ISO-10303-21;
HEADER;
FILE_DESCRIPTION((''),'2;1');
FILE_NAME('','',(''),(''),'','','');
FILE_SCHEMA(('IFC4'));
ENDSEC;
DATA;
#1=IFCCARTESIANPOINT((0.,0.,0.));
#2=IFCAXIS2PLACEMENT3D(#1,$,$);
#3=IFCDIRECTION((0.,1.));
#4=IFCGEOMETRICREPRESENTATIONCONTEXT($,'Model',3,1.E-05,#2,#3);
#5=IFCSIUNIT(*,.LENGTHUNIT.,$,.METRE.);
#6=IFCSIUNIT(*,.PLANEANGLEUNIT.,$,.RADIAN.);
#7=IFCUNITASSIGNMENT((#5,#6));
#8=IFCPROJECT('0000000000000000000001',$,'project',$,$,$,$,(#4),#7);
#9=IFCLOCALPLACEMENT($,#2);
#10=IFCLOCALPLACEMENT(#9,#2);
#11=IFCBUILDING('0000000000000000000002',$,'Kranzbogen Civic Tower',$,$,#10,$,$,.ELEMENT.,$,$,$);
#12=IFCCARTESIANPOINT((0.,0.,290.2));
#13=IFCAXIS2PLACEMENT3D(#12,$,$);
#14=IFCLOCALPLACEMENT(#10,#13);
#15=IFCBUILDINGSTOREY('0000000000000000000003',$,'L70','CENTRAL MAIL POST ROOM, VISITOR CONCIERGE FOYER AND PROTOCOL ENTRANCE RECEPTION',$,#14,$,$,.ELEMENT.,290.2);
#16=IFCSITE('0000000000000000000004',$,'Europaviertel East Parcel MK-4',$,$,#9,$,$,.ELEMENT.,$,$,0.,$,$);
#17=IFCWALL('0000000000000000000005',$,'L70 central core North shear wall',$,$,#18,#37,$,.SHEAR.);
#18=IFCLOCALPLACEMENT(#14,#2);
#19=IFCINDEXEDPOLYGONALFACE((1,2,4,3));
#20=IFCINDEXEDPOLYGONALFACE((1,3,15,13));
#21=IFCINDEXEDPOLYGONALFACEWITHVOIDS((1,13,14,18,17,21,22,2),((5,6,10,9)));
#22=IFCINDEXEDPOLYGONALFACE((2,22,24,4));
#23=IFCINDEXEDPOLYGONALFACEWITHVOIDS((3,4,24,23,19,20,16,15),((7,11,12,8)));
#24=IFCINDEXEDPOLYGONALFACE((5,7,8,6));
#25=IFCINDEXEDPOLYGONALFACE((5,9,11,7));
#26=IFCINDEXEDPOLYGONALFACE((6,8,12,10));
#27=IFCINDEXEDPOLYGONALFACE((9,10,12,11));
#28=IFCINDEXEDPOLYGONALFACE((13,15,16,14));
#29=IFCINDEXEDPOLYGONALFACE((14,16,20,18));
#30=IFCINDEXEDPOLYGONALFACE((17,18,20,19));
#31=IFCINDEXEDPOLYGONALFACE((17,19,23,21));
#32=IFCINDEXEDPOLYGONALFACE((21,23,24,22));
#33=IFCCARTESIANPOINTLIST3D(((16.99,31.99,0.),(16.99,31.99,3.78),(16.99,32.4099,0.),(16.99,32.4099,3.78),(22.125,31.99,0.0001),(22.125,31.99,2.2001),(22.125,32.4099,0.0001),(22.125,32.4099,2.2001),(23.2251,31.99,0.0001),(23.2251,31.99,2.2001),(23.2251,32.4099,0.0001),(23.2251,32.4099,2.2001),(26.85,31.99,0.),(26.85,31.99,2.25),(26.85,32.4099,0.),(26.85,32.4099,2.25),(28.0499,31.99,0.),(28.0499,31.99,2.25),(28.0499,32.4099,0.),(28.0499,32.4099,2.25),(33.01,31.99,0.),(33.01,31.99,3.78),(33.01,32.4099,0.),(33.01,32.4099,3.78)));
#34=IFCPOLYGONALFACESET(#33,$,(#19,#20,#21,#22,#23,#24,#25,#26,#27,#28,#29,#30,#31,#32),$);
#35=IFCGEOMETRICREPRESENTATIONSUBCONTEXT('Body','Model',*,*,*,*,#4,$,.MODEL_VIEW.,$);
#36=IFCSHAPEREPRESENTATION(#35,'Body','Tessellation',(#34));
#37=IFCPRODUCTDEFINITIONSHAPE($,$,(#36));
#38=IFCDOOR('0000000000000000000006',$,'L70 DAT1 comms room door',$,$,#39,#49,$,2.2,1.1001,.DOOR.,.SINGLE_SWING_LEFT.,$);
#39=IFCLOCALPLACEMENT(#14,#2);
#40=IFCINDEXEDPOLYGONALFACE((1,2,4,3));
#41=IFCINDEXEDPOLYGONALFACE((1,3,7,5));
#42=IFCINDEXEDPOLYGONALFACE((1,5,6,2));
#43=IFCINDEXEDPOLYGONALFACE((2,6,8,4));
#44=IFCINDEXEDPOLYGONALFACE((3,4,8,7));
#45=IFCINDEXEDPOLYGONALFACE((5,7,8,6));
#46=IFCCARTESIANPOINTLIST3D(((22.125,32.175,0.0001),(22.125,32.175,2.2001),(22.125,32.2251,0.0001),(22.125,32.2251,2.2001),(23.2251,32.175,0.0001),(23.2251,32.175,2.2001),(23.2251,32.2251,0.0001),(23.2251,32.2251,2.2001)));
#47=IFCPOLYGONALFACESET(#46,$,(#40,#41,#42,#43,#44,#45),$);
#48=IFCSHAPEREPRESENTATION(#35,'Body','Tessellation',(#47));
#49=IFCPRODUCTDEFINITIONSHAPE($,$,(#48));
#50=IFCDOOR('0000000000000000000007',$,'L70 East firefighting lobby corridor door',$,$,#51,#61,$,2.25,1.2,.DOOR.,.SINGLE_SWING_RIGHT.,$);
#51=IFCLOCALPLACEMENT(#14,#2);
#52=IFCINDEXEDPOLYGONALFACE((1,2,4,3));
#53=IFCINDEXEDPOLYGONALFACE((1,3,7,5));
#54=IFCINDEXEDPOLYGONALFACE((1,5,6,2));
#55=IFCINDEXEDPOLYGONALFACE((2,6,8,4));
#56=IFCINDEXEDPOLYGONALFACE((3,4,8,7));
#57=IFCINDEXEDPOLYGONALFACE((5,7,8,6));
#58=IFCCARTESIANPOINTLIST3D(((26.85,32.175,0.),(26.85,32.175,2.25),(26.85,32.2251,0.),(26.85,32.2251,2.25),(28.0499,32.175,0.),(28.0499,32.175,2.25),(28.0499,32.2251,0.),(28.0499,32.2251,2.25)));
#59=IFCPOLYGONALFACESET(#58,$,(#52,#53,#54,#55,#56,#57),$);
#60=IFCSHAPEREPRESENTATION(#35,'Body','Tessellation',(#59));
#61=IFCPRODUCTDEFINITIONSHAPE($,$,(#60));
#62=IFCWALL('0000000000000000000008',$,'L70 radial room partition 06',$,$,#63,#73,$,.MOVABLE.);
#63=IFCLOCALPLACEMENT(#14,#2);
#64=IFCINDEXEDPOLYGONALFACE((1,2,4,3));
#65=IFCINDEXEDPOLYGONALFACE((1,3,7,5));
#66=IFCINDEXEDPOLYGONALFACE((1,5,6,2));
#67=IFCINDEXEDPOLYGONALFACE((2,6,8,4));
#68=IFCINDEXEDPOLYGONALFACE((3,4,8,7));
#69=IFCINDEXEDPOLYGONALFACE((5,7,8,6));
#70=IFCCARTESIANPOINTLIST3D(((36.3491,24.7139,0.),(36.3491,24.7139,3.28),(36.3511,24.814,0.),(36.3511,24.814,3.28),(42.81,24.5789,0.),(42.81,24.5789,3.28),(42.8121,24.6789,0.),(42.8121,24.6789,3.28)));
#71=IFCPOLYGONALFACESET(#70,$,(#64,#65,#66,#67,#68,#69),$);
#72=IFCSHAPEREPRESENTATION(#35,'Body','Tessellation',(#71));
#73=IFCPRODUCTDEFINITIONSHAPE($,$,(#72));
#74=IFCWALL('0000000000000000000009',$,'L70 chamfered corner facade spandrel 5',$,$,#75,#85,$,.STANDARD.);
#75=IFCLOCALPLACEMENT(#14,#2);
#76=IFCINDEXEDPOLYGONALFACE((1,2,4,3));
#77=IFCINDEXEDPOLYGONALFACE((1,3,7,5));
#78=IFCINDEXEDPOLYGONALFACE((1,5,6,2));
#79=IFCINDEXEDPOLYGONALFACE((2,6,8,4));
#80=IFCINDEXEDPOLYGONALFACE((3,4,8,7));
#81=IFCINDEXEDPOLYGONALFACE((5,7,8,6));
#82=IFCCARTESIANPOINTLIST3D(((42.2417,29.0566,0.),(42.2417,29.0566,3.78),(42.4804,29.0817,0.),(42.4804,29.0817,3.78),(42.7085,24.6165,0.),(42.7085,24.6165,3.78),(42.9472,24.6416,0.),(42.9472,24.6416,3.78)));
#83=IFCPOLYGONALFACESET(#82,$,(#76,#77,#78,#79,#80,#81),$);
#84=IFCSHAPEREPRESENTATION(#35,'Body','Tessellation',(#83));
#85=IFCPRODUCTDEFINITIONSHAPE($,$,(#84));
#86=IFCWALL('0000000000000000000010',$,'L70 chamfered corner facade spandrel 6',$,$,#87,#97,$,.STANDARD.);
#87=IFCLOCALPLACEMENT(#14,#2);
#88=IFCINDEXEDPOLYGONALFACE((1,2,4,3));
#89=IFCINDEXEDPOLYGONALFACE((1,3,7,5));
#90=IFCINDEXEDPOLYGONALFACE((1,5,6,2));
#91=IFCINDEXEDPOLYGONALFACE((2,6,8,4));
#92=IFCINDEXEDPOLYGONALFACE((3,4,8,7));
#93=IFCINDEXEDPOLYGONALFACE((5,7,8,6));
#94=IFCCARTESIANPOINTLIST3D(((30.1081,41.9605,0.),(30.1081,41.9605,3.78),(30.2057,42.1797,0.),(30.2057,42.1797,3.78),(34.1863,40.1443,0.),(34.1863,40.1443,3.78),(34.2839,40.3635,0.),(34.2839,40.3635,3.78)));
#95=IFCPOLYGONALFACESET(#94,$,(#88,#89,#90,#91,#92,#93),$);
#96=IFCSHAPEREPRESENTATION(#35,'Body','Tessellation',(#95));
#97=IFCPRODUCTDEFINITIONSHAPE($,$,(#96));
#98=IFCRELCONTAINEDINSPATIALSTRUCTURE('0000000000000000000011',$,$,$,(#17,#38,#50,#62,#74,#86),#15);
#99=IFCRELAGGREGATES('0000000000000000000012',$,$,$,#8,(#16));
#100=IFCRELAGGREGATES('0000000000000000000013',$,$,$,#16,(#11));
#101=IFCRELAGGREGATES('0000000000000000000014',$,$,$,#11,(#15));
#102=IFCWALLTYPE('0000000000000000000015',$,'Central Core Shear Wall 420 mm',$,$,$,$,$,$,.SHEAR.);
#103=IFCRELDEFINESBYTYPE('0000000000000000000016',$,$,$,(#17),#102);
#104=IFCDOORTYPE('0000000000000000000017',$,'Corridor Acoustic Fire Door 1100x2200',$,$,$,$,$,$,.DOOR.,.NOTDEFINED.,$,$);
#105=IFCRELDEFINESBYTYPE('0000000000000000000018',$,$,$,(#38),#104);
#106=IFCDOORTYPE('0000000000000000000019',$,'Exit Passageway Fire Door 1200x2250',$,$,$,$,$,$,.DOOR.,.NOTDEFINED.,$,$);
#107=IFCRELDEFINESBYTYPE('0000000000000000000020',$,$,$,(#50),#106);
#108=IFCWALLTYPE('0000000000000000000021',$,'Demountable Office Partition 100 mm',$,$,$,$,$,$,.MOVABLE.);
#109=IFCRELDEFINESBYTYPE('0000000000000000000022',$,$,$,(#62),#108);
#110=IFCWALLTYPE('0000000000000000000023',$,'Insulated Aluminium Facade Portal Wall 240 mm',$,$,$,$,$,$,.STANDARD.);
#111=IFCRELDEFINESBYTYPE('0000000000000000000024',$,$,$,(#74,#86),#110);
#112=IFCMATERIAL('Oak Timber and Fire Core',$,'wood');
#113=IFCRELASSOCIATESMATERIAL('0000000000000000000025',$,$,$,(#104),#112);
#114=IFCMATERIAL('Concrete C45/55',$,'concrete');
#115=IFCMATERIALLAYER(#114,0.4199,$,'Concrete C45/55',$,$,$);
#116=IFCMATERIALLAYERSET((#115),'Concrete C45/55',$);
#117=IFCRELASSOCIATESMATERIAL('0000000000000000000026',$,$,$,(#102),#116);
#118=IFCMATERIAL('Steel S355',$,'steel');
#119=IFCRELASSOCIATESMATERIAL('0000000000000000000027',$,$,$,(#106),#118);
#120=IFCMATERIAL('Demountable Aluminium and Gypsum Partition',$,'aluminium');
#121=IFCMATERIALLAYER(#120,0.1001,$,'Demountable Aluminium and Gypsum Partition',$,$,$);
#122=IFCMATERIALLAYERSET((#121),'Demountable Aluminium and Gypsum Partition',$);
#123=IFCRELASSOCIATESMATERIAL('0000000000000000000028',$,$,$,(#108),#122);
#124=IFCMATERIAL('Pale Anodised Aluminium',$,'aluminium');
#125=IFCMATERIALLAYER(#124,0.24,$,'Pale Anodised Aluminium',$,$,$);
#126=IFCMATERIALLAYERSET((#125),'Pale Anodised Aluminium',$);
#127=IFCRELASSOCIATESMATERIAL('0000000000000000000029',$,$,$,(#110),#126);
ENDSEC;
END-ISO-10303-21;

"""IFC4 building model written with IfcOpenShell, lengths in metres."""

from ifc_helpers import new_model, si_unit, direction, frame, frame_2d, origin, place, context, subcontext, project, spatial, rectangle, extrude, material, layer, layer_set, type_object, element, fill, save


model = new_model("IFC4")

# Units and contexts
model_context = context("Model", 3, precision=1e-05, world=origin(), true_north=direction((0.0, 1.0)))
body_context = subcontext(model_context, "Body", "Model", "MODEL_VIEW")
ifc_project = project(units=[si_unit("LENGTHUNIT", "METRE"), si_unit("PLANEANGLEUNIT", "RADIAN")], contexts=[model_context])

# Site, building, storey
site_placement = place(None, origin())
site = spatial("IfcSite", under=ifc_project, at=site_placement, Name="Europaviertel East Parcel MK-4", CompositionType="ELEMENT", RefElevation=0.0)
building_placement = place(site_placement, origin())
building = spatial("IfcBuilding", under=site, at=building_placement, Name="Kranzbogen Civic Tower", CompositionType="ELEMENT")
storey_placement = place(building_placement, frame((0.0, 0.0, 290.2)))
storey = spatial("IfcBuildingStorey", under=building, at=storey_placement, Name="L70", Description="CENTRAL MAIL POST ROOM, VISITOR CONCIERGE FOYER AND PROTOCOL ENTRANCE RECEPTION", CompositionType="ELEMENT", Elevation=290.2)

# Shared definitions
ifc_material_1 = material(Name="Steel S355", Category="steel")

# Shared definitions
ifc_material_2 = material(Name="Pale Anodised Aluminium", Category="aluminium")

# Shared definitions
ifc_material_3 = material(Name="Oak Timber and Fire Core", Category="wood")
door_type_1 = type_object("IfcDoorType", Name="Corridor Acoustic Fire Door 1100x2200", OperationType="NOTDEFINED", PredefinedType="DOOR", material=ifc_material_3)

# Wall, openings, doors
ifc_material_4 = material(Name="Concrete C45/55", Category="concrete")
ifc_layer_1 = layer(ifc_material_4, 0.4199, Name="Concrete C45/55")
ifc_layer_set_1 = layer_set([ifc_layer_1], Name="Concrete C45/55")
wall_type_1 = type_object("IfcWallType", Name="Central Core Shear Wall 420 mm", PredefinedType="SHEAR", material=ifc_layer_set_1)
wall_1_placement = place(storey_placement, frame((33.01, 32.2, 0.0), z_axis=(0.0, 0.0, 1.0), x_axis=(-1.0, 0.0, 0.0)))
wall_1 = element("IfcWall", 1, at=wall_1_placement, inside=storey, type_object=wall_type_1, Name="L70 central core North shear wall", PredefinedType="SHEAR", context=body_context, shape_type="SweptSolid", body=[
    extrude(rectangle(XDim=16.02, YDim=0.4199, at=frame_2d((8.01, 0.0))), origin(), (0.0, 0.0, 1.0), 3.78),
])
opening_1_placement = place(wall_1_placement, frame((4.96, 0.0, 0.0)))
opening_1 = element("IfcOpeningElement", 2, at=opening_1_placement, cuts=wall_1, PredefinedType="OPENING", context=body_context, shape_type="SweptSolid", body=[
    extrude(rectangle(XDim=1.2, YDim=2.25, at=frame_2d((0.6001, 1.125))), frame((0.0, 0.22, 0.0), z_axis=(0.0, -1.0, 0.0), x_axis=(1.0, 0.0, 0.0)), (0.0, 0.0, 1.0), 0.4399),
])
opening_2_placement = place(wall_1_placement, frame((9.7849, 0.0, 0.0)))
opening_2 = element("IfcOpeningElement", 3, at=opening_2_placement, cuts=wall_1, PredefinedType="OPENING", context=body_context, shape_type="SweptSolid", body=[
    extrude(rectangle(XDim=1.1001, YDim=2.2, at=frame_2d((0.55, 1.1001))), frame((0.0, 0.22, 0.0), z_axis=(0.0, -1.0, 0.0), x_axis=(1.0, 0.0, 0.0)), (0.0, 0.0, 1.0), 0.4399),
])
door_1_placement = place(opening_2_placement, origin())
door_1 = element("IfcDoor", 4, at=door_1_placement, inside=storey, type_object=door_type_1, Name="L70 DAT1 comms room door", OperationType="SINGLE_SWING_LEFT", OverallHeight=2.2, OverallWidth=1.1001, PredefinedType="DOOR", context=body_context, shape_type="SweptSolid", body=[
    extrude(rectangle(XDim=1.1001, YDim=2.2, at=frame_2d((0.55, 1.1001))), frame((0.0, 0.0249, 0.0), z_axis=(0.0, -1.0, 0.0), x_axis=(1.0, 0.0, 0.0)), (0.0, 0.0, 1.0), 0.05),
])
fill(opening_2, door_1)
door_type_2 = type_object("IfcDoorType", Name="Exit Passageway Fire Door 1200x2250", OperationType="NOTDEFINED", PredefinedType="DOOR", material=ifc_material_1)
door_2_placement = place(opening_1_placement, origin())
door_2 = element("IfcDoor", 5, at=door_2_placement, inside=storey, type_object=door_type_2, Name="L70 East firefighting lobby corridor door", OperationType="SINGLE_SWING_RIGHT", OverallHeight=2.25, OverallWidth=1.2, PredefinedType="DOOR", context=body_context, shape_type="SweptSolid", body=[
    extrude(rectangle(XDim=1.2, YDim=2.25, at=frame_2d((0.6001, 1.125))), frame((0.0, 0.0249, 0.0), z_axis=(0.0, -1.0, 0.0), x_axis=(1.0, 0.0, 0.0)), (0.0, 0.0, 1.0), 0.05),
])
fill(opening_1, door_2)

# Walls
ifc_material_5 = material(Name="Demountable Aluminium and Gypsum Partition", Category="aluminium")
ifc_layer_2 = layer(ifc_material_5, 0.1001, Name="Demountable Aluminium and Gypsum Partition")
ifc_layer_set_2 = layer_set([ifc_layer_2], Name="Demountable Aluminium and Gypsum Partition")
wall_type_2 = type_object("IfcWallType", Name="Demountable Office Partition 100 mm", PredefinedType="MOVABLE", material=ifc_layer_set_2)
wall_2_placement = place(storey_placement, frame((36.3501, 24.7639, 0.0), z_axis=(0.0, 0.0, 1.0), x_axis=(0.999782, -0.020892, 0.0)))
element("IfcWall", 6, at=wall_2_placement, inside=storey, type_object=wall_type_2, Name="L70 radial room partition 06", PredefinedType="MOVABLE", context=body_context, shape_type="SweptSolid", body=[
    extrude(rectangle(XDim=6.4624, YDim=0.1001, at=frame_2d((3.2312, 0.0))), origin(), (0.0, 0.0, 1.0), 3.28),
])
ifc_layer_3 = layer(ifc_material_2, 0.24, Name="Pale Anodised Aluminium")
ifc_layer_set_3 = layer_set([ifc_layer_3], Name="Pale Anodised Aluminium")
wall_type_3 = type_object("IfcWallType", Name="Insulated Aluminium Facade Portal Wall 240 mm", PredefinedType="STANDARD", material=ifc_layer_set_3)
wall_3_placement = place(storey_placement, frame((42.8279, 24.6289, 0.0), z_axis=(0.0, 0.0, 1.0), x_axis=(-0.104554, 0.994519, 0.0)))
element("IfcWall", 7, at=wall_3_placement, inside=storey, type_object=wall_type_3, Name="L70 chamfered corner facade spandrel 5", PredefinedType="STANDARD", context=body_context, shape_type="SweptSolid", body=[
    extrude(rectangle(XDim=4.4646, YDim=0.24, at=frame_2d((2.2324, 0.0))), origin(), (0.0, 0.0, 1.0), 3.78),
])
wall_4_placement = place(storey_placement, frame((34.2351, 40.2539, 0.0), z_axis=(0.0, 0.0, 1.0), x_axis=(-0.913507, 0.406823, 0.0)))
element("IfcWall", 8, at=wall_4_placement, inside=storey, type_object=wall_type_3, Name="L70 chamfered corner facade spandrel 6", PredefinedType="STANDARD", context=body_context, shape_type="SweptSolid", body=[
    extrude(rectangle(XDim=4.4644, YDim=0.24, at=frame_2d((2.2322, 0.0))), origin(), (0.0, 0.0, 1.0), 3.78),
])

save(model, "model.ifc")
